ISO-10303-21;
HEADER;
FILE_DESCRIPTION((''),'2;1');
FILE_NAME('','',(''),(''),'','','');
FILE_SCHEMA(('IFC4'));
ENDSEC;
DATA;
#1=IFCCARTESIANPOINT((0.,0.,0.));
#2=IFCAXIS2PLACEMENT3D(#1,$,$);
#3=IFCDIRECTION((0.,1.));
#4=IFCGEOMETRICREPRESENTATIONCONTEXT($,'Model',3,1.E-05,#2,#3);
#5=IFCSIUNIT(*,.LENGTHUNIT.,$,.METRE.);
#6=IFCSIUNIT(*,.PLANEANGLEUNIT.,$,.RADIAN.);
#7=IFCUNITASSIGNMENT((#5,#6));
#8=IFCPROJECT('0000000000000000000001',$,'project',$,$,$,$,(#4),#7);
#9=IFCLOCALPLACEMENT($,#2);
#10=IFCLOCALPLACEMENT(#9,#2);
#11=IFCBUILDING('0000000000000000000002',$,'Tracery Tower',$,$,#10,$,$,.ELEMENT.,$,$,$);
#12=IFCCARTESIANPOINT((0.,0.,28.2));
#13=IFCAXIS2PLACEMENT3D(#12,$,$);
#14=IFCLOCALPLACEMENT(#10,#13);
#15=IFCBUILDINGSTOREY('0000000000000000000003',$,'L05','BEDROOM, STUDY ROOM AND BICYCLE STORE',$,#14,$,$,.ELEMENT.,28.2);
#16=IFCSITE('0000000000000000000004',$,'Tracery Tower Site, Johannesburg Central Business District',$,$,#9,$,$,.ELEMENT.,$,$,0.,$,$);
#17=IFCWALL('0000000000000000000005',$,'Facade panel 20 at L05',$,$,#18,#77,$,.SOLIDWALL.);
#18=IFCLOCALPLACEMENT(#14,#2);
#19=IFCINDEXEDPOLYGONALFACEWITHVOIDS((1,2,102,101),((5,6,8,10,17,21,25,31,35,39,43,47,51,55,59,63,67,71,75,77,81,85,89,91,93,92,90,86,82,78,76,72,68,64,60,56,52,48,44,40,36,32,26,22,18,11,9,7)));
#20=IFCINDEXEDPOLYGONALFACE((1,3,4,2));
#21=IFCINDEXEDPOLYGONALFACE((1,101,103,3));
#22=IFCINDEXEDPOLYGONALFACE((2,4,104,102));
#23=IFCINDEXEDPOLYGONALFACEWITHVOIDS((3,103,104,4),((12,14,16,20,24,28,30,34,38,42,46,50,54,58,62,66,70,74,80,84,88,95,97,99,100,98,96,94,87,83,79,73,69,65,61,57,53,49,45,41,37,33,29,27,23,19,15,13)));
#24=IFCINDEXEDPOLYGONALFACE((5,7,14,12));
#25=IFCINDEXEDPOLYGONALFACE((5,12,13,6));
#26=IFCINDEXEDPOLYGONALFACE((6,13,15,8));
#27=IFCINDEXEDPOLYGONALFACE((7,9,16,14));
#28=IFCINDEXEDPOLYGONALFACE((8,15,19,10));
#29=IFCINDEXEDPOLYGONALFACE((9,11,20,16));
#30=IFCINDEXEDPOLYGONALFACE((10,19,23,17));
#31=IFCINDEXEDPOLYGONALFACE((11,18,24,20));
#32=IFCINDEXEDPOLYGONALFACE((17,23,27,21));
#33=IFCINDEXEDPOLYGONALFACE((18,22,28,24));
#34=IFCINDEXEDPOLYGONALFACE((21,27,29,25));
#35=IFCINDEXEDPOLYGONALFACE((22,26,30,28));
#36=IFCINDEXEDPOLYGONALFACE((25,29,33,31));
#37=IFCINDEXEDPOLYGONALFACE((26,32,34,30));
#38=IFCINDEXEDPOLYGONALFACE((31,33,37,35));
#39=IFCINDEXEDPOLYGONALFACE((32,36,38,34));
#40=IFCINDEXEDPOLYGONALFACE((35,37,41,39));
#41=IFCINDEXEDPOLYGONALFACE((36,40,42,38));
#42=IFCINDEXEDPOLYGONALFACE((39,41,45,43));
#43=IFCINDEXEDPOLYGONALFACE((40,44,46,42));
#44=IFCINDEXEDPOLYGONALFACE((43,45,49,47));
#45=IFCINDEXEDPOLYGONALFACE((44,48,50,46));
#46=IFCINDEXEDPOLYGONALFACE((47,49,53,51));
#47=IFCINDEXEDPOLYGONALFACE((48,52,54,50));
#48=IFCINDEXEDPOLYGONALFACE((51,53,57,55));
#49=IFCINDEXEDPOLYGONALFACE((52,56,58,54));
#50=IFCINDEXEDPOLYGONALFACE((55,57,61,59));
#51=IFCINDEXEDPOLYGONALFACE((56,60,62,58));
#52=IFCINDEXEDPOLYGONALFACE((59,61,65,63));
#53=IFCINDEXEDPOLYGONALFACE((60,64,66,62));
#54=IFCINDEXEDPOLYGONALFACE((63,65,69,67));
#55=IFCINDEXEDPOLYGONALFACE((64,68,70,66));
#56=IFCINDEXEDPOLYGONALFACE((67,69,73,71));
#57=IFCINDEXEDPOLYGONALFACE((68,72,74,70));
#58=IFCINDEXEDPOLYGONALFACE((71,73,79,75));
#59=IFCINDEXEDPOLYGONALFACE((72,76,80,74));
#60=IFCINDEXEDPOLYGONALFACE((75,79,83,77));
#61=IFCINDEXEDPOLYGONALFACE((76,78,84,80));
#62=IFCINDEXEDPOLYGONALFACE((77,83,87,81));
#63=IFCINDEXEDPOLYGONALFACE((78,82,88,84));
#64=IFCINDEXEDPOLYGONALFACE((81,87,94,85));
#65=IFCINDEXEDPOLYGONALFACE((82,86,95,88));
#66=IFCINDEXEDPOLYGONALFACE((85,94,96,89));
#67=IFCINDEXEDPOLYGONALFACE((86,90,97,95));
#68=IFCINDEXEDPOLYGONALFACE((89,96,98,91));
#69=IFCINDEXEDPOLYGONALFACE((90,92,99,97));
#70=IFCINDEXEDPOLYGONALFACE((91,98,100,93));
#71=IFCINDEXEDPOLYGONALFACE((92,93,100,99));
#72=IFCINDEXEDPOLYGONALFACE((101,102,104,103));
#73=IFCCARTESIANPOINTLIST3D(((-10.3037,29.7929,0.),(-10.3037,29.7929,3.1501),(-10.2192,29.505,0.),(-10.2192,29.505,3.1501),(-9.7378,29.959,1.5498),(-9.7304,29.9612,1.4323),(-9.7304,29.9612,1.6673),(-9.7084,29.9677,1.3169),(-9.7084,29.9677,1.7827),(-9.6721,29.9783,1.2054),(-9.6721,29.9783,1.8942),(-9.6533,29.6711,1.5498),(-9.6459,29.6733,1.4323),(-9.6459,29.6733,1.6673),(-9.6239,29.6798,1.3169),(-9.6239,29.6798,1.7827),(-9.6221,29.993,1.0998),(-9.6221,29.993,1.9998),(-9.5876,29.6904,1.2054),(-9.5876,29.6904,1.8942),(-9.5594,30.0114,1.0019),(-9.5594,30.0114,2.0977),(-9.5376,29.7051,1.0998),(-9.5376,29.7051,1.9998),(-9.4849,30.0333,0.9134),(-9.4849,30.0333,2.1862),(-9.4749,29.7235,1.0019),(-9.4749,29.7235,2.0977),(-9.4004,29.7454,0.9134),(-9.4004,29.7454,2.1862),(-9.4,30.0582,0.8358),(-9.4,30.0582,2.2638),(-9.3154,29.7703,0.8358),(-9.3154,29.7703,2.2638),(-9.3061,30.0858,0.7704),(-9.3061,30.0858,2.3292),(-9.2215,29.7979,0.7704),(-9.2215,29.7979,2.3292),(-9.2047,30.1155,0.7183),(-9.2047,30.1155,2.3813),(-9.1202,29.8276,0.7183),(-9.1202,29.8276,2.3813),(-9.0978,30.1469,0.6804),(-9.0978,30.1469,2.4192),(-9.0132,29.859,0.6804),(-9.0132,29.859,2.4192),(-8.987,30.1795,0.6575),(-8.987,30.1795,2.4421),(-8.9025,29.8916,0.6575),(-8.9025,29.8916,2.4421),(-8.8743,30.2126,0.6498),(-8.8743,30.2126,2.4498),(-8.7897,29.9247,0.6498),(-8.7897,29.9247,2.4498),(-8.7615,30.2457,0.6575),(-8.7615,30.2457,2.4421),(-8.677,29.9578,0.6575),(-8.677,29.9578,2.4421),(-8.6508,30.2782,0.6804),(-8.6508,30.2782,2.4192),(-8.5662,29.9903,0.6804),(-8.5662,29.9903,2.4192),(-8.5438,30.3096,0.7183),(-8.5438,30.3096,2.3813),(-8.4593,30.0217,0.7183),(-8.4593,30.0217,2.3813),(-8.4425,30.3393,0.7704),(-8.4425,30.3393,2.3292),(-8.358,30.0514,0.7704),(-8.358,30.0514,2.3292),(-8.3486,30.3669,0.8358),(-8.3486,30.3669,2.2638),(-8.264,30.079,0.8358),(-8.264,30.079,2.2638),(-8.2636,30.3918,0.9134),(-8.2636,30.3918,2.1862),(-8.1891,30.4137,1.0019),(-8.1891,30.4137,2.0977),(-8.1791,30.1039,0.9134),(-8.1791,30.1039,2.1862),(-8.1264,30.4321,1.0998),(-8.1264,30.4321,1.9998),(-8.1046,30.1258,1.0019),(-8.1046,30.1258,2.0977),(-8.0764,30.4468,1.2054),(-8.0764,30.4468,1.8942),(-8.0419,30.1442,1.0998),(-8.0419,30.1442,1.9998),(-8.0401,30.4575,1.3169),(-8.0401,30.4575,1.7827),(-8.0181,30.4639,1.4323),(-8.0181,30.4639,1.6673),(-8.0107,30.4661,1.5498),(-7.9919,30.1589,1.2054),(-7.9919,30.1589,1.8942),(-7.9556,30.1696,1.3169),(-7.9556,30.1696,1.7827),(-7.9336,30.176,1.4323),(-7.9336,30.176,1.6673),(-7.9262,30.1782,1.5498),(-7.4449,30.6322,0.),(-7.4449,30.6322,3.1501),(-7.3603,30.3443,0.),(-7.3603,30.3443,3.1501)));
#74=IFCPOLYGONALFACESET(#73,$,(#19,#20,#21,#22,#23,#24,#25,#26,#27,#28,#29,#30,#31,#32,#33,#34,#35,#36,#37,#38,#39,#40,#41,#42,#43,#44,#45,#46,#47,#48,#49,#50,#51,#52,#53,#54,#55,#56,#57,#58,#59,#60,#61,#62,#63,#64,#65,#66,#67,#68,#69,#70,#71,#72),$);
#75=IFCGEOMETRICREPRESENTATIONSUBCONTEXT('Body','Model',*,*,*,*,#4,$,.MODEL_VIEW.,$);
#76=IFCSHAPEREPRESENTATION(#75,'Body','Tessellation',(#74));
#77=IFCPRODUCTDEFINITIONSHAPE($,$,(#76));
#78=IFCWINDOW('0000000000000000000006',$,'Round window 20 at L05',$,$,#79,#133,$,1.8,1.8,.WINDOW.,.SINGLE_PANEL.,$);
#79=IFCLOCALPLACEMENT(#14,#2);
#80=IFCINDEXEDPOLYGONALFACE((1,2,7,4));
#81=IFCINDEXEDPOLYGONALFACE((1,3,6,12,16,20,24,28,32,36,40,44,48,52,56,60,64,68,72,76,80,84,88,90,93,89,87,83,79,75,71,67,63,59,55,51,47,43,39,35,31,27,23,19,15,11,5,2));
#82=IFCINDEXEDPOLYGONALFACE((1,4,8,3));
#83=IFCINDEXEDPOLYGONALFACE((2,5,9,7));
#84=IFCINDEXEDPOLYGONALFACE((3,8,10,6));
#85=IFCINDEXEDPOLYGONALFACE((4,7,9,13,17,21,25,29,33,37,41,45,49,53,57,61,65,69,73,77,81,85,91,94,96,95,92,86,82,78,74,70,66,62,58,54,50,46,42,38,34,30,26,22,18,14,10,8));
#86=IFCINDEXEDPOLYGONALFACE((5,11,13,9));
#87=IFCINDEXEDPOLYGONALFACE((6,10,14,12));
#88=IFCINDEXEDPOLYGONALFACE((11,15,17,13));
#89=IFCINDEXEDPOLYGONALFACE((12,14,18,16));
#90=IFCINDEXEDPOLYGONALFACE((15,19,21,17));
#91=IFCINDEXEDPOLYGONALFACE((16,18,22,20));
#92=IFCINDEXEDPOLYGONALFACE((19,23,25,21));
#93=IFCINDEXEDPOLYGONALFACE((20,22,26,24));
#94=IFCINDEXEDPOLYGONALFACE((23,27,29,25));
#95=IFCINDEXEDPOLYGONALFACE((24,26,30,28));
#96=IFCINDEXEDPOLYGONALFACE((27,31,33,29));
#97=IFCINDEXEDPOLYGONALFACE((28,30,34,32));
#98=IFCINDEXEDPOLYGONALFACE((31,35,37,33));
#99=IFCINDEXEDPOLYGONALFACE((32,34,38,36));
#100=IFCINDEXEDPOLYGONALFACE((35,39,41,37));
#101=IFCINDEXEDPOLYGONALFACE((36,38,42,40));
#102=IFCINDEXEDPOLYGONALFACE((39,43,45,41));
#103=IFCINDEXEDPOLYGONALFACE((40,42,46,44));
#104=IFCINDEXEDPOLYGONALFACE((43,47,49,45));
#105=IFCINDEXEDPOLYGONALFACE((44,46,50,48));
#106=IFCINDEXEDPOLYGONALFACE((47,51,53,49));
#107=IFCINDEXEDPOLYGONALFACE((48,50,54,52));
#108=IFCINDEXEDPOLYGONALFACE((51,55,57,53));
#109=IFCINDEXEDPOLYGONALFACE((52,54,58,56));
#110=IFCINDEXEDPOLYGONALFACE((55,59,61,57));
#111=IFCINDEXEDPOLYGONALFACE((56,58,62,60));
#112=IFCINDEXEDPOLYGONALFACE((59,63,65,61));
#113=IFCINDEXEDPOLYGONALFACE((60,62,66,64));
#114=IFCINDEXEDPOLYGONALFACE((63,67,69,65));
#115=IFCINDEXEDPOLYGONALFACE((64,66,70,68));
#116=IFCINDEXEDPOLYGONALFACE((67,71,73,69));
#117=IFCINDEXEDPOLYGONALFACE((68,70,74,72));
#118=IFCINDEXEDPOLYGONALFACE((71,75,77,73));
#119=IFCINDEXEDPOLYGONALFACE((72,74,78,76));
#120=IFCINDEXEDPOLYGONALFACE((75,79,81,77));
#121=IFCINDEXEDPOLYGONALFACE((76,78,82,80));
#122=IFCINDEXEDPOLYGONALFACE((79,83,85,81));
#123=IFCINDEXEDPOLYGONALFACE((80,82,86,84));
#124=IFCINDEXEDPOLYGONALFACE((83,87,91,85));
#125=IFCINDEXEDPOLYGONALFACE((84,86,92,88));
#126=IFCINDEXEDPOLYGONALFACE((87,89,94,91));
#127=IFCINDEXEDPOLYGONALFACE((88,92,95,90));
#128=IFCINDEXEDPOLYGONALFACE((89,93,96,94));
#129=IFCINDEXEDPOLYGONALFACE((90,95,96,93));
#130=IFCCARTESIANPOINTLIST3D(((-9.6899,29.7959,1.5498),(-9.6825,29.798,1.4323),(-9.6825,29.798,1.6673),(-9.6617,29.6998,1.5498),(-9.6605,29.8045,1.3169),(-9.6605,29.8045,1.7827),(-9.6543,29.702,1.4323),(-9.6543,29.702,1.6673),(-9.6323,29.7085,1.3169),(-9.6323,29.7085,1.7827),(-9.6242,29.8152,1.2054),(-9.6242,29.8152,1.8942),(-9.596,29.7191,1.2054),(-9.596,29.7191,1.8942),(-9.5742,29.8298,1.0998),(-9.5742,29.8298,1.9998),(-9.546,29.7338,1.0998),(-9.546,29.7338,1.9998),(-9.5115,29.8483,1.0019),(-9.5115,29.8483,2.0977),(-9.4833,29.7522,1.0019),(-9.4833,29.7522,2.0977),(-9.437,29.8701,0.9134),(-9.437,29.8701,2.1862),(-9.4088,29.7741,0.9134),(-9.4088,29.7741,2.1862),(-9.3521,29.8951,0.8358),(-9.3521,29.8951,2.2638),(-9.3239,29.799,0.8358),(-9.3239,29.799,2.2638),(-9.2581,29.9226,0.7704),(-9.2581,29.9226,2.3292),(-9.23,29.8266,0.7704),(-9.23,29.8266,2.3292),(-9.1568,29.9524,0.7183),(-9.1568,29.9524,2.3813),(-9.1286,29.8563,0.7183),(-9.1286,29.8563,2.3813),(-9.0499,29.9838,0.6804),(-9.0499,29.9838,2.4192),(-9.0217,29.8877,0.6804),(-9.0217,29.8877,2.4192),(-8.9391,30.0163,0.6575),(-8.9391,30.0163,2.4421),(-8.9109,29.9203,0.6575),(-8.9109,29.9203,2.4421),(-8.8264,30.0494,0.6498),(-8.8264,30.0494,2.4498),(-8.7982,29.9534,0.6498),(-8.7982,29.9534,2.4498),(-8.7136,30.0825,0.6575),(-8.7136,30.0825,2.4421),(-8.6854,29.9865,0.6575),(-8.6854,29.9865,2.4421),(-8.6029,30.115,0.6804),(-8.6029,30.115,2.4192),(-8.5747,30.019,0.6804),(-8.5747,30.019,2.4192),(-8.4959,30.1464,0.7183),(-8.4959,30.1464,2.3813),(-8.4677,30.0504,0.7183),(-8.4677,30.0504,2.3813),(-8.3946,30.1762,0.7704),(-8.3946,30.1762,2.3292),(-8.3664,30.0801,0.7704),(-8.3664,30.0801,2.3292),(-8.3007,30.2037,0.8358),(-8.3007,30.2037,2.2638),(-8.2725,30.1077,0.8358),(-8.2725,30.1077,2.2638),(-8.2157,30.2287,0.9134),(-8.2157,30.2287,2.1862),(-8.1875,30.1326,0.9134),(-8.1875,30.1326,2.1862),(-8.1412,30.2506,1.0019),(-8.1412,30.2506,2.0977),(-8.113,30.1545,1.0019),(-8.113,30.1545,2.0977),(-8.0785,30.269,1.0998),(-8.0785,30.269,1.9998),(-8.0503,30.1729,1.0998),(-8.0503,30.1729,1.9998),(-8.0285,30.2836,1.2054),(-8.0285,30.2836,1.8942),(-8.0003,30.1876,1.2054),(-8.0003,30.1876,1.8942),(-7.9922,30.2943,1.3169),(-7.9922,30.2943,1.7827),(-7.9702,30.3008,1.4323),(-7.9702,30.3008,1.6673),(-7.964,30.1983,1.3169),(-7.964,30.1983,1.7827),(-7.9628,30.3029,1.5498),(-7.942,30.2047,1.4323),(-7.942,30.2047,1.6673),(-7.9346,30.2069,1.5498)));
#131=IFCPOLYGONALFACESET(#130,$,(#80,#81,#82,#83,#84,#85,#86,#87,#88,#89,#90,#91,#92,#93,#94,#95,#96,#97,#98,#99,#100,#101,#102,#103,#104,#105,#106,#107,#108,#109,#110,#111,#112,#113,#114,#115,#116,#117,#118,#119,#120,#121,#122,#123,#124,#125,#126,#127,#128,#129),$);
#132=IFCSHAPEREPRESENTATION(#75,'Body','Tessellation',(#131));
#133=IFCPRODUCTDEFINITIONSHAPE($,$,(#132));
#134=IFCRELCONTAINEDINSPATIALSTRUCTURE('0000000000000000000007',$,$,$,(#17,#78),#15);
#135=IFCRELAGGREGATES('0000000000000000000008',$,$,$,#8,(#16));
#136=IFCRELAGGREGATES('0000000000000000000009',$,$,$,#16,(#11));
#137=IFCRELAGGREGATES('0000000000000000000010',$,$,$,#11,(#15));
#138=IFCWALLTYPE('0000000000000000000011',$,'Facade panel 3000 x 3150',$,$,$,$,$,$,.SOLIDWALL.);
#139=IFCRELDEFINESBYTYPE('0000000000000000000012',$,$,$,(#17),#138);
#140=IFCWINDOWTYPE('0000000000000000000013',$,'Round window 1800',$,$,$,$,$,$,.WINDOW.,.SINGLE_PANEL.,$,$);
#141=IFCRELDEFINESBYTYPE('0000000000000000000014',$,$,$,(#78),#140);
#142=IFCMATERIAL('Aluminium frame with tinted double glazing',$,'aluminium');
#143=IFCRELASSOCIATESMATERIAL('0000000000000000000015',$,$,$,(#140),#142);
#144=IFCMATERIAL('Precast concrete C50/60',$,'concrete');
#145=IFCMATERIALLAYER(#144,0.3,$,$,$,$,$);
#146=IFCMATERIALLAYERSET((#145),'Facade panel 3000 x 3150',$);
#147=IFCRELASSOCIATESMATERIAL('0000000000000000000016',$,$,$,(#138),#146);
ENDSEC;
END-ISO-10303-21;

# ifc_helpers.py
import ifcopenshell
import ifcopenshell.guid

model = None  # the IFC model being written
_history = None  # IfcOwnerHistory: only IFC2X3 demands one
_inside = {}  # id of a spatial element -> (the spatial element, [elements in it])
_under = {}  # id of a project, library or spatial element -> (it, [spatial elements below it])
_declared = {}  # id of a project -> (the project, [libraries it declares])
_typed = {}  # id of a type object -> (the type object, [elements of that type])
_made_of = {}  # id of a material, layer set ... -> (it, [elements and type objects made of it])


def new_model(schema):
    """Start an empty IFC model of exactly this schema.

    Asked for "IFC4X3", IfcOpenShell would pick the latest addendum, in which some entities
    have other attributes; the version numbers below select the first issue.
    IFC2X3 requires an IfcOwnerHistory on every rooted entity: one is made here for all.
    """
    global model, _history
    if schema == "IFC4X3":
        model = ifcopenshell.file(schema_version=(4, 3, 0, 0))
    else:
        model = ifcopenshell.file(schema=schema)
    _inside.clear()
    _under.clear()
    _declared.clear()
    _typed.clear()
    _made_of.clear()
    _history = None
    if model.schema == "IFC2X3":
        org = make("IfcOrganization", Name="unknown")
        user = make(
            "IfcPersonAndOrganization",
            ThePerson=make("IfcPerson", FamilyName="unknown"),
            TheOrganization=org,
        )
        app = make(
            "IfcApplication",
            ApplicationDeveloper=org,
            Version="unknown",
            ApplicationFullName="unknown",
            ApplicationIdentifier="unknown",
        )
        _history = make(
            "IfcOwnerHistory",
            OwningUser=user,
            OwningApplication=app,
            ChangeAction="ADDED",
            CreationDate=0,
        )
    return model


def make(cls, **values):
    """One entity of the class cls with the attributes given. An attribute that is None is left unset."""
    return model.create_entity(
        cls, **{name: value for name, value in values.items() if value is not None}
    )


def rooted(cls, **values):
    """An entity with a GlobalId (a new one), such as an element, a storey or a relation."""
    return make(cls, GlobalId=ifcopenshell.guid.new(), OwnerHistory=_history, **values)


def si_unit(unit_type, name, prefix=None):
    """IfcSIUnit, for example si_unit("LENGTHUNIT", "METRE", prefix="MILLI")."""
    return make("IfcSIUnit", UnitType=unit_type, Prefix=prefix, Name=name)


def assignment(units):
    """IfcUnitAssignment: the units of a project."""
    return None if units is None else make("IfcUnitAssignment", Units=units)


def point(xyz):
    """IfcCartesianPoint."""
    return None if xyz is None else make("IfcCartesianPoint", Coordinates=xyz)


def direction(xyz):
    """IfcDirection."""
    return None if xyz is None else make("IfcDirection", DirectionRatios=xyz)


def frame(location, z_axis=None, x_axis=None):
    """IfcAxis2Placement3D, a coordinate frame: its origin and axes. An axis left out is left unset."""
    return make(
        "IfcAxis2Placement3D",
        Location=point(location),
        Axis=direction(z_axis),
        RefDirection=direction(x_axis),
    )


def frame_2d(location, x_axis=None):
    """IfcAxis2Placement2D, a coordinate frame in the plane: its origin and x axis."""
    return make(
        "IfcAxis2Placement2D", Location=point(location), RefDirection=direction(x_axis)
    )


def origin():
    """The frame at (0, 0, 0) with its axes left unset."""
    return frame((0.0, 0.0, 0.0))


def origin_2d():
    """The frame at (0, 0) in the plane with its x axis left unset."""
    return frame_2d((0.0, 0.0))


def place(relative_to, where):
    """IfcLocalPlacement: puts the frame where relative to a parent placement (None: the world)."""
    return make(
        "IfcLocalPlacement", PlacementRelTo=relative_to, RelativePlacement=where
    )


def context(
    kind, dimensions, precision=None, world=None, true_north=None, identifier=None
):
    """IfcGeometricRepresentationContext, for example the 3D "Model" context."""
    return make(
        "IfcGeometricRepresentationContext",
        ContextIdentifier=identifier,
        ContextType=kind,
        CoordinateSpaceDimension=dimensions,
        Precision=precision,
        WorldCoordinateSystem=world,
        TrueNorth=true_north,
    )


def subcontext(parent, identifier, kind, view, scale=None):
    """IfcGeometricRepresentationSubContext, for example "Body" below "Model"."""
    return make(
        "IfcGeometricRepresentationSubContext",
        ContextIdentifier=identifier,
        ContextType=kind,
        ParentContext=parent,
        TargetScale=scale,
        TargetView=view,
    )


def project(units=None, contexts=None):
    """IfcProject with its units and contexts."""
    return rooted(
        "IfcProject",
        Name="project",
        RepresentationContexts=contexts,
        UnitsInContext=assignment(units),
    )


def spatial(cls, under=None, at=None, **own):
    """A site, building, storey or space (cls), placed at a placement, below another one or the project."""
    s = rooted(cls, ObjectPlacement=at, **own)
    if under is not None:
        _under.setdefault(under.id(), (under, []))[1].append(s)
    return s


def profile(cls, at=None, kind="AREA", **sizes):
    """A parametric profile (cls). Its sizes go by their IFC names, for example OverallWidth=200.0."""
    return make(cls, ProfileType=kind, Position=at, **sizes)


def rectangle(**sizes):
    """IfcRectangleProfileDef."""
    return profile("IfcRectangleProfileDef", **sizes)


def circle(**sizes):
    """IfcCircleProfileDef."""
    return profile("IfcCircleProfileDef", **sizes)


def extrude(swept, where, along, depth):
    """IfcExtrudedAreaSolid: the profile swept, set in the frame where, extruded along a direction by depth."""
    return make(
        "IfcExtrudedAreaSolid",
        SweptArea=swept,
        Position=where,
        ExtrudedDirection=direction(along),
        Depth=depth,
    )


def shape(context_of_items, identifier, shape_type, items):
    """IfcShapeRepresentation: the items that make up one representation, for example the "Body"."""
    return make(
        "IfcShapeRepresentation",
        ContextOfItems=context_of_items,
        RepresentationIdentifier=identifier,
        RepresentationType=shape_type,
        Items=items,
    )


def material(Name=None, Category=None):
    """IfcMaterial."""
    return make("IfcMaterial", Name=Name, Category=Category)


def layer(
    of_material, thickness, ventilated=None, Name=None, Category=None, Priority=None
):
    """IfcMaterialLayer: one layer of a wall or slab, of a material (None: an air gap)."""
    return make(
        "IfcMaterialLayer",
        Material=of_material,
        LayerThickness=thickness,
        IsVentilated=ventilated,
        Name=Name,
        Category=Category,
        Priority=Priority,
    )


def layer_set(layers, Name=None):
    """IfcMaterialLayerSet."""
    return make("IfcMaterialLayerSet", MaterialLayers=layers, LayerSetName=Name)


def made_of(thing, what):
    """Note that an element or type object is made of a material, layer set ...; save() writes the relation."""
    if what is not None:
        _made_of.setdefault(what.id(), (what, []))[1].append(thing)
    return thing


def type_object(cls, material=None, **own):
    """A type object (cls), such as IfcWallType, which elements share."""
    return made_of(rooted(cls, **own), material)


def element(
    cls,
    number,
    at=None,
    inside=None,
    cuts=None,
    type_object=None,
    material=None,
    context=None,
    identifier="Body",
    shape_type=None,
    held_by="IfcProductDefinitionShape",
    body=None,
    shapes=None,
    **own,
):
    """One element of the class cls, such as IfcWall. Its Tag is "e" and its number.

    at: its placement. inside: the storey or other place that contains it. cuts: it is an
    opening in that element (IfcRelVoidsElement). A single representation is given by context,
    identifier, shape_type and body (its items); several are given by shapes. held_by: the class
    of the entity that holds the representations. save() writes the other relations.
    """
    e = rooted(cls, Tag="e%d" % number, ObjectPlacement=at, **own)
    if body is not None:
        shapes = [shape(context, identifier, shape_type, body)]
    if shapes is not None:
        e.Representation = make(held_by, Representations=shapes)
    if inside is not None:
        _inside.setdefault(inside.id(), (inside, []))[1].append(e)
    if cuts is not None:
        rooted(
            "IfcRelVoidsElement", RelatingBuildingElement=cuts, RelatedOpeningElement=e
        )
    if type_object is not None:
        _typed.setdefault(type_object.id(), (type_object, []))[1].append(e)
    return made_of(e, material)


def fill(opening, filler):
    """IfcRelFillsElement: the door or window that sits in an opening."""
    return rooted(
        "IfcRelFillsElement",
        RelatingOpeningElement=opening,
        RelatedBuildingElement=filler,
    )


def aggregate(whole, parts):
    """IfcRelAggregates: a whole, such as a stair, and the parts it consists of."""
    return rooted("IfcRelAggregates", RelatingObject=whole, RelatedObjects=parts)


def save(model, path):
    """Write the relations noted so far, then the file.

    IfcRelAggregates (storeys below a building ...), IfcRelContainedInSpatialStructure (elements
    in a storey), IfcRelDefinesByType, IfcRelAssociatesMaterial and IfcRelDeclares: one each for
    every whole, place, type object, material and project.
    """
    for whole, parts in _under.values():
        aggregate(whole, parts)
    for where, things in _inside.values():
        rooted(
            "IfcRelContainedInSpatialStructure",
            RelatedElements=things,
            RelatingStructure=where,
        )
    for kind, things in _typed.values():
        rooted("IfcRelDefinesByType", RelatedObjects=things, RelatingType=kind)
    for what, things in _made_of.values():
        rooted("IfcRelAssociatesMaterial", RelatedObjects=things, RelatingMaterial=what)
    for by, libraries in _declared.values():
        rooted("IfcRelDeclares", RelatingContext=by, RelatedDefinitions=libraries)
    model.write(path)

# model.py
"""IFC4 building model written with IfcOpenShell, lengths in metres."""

from ifc_helpers import new_model, si_unit, direction, frame, frame_2d, origin, origin_2d, place, context, subcontext, project, spatial, rectangle, circle, extrude, material, layer, layer_set, type_object, element, fill, save


model = new_model("IFC4")

# Units and contexts
model_context = context("Model", 3, precision=1e-05, world=origin(), true_north=direction((0.0, 1.0)))
body_context = subcontext(model_context, "Body", "Model", "MODEL_VIEW")
ifc_project = project(units=[si_unit("LENGTHUNIT", "METRE"), si_unit("PLANEANGLEUNIT", "RADIAN")], contexts=[model_context])

# Site, building, storey
site_placement = place(None, origin())
site = spatial("IfcSite", under=ifc_project, at=site_placement, Name="Tracery Tower Site, Johannesburg Central Business District", CompositionType="ELEMENT", RefElevation=0.0)
building_placement = place(site_placement, origin())
building = spatial("IfcBuilding", under=site, at=building_placement, Name="Tracery Tower", CompositionType="ELEMENT")
storey_placement = place(building_placement, frame((0.0, 0.0, 28.2)))
storey = spatial("IfcBuildingStorey", under=building, at=storey_placement, Name="L05", Description="BEDROOM, STUDY ROOM AND BICYCLE STORE", CompositionType="ELEMENT", Elevation=28.2)

# Wall, opening, window
ifc_material_1 = material(Name="Aluminium frame with tinted double glazing", Category="aluminium")
window_type = type_object("IfcWindowType", Name="Round window 1800", PartitioningType="SINGLE_PANEL", PredefinedType="WINDOW", material=ifc_material_1)
ifc_material_2 = material(Name="Precast concrete C50/60", Category="concrete")
ifc_layer_1 = layer(ifc_material_2, 0.3)
ifc_layer_set_1 = layer_set([ifc_layer_1], Name="Facade panel 3000 x 3150")
wall_type_1 = type_object("IfcWallType", Name="Facade panel 3000 x 3150", PredefinedType="SOLIDWALL", material=ifc_layer_set_1)
wall_1_placement = place(storey_placement, frame((-7.4026, 30.4883, 0.0), z_axis=(0.0, 0.0, 1.0), x_axis=(-0.959501, -0.281705, 0.0)))
wall_1 = element("IfcWall", 1, at=wall_1_placement, inside=storey, type_object=wall_type_1, Name="Facade panel 20 at L05", PredefinedType="SOLIDWALL", context=body_context, shape_type="SweptSolid", body=[
    extrude(rectangle(XDim=2.9795, YDim=0.3, at=frame_2d((1.4897, 0.0))), origin(), (0.0, 0.0, 1.0), 3.1501),
])
opening_1_placement = place(wall_1_placement, frame((1.4897, 0.0, 1.5498)))
opening_1 = element("IfcOpeningElement", 2, at=opening_1_placement, cuts=wall_1, PredefinedType="OPENING", context=body_context, shape_type="SweptSolid", body=[
    extrude(circle(Radius=0.9, at=origin_2d()), frame((0.0, 0.1599, 0.0), z_axis=(0.0, -1.0, 0.0), x_axis=(1.0, 0.0, 0.0)), (0.0, 0.0, 1.0), 0.3201),
])
window_1_placement = place(opening_1_placement, origin())
window_1 = element("IfcWindow", 3, at=window_1_placement, inside=storey, type_object=window_type, Name="Round window 20 at L05", OverallHeight=1.8, OverallWidth=1.8, PartitioningType="SINGLE_PANEL", PredefinedType="WINDOW", context=body_context, shape_type="SweptSolid", body=[
    extrude(circle(Radius=0.9, at=origin_2d()), frame((0.0, 0.1201, 0.0), z_axis=(0.0, -1.0, 0.0), x_axis=(1.0, 0.0, 0.0)), (0.0, 0.0, 1.0), 0.1001),
])
fill(opening_1, window_1)

save(model, "model.ifc")
